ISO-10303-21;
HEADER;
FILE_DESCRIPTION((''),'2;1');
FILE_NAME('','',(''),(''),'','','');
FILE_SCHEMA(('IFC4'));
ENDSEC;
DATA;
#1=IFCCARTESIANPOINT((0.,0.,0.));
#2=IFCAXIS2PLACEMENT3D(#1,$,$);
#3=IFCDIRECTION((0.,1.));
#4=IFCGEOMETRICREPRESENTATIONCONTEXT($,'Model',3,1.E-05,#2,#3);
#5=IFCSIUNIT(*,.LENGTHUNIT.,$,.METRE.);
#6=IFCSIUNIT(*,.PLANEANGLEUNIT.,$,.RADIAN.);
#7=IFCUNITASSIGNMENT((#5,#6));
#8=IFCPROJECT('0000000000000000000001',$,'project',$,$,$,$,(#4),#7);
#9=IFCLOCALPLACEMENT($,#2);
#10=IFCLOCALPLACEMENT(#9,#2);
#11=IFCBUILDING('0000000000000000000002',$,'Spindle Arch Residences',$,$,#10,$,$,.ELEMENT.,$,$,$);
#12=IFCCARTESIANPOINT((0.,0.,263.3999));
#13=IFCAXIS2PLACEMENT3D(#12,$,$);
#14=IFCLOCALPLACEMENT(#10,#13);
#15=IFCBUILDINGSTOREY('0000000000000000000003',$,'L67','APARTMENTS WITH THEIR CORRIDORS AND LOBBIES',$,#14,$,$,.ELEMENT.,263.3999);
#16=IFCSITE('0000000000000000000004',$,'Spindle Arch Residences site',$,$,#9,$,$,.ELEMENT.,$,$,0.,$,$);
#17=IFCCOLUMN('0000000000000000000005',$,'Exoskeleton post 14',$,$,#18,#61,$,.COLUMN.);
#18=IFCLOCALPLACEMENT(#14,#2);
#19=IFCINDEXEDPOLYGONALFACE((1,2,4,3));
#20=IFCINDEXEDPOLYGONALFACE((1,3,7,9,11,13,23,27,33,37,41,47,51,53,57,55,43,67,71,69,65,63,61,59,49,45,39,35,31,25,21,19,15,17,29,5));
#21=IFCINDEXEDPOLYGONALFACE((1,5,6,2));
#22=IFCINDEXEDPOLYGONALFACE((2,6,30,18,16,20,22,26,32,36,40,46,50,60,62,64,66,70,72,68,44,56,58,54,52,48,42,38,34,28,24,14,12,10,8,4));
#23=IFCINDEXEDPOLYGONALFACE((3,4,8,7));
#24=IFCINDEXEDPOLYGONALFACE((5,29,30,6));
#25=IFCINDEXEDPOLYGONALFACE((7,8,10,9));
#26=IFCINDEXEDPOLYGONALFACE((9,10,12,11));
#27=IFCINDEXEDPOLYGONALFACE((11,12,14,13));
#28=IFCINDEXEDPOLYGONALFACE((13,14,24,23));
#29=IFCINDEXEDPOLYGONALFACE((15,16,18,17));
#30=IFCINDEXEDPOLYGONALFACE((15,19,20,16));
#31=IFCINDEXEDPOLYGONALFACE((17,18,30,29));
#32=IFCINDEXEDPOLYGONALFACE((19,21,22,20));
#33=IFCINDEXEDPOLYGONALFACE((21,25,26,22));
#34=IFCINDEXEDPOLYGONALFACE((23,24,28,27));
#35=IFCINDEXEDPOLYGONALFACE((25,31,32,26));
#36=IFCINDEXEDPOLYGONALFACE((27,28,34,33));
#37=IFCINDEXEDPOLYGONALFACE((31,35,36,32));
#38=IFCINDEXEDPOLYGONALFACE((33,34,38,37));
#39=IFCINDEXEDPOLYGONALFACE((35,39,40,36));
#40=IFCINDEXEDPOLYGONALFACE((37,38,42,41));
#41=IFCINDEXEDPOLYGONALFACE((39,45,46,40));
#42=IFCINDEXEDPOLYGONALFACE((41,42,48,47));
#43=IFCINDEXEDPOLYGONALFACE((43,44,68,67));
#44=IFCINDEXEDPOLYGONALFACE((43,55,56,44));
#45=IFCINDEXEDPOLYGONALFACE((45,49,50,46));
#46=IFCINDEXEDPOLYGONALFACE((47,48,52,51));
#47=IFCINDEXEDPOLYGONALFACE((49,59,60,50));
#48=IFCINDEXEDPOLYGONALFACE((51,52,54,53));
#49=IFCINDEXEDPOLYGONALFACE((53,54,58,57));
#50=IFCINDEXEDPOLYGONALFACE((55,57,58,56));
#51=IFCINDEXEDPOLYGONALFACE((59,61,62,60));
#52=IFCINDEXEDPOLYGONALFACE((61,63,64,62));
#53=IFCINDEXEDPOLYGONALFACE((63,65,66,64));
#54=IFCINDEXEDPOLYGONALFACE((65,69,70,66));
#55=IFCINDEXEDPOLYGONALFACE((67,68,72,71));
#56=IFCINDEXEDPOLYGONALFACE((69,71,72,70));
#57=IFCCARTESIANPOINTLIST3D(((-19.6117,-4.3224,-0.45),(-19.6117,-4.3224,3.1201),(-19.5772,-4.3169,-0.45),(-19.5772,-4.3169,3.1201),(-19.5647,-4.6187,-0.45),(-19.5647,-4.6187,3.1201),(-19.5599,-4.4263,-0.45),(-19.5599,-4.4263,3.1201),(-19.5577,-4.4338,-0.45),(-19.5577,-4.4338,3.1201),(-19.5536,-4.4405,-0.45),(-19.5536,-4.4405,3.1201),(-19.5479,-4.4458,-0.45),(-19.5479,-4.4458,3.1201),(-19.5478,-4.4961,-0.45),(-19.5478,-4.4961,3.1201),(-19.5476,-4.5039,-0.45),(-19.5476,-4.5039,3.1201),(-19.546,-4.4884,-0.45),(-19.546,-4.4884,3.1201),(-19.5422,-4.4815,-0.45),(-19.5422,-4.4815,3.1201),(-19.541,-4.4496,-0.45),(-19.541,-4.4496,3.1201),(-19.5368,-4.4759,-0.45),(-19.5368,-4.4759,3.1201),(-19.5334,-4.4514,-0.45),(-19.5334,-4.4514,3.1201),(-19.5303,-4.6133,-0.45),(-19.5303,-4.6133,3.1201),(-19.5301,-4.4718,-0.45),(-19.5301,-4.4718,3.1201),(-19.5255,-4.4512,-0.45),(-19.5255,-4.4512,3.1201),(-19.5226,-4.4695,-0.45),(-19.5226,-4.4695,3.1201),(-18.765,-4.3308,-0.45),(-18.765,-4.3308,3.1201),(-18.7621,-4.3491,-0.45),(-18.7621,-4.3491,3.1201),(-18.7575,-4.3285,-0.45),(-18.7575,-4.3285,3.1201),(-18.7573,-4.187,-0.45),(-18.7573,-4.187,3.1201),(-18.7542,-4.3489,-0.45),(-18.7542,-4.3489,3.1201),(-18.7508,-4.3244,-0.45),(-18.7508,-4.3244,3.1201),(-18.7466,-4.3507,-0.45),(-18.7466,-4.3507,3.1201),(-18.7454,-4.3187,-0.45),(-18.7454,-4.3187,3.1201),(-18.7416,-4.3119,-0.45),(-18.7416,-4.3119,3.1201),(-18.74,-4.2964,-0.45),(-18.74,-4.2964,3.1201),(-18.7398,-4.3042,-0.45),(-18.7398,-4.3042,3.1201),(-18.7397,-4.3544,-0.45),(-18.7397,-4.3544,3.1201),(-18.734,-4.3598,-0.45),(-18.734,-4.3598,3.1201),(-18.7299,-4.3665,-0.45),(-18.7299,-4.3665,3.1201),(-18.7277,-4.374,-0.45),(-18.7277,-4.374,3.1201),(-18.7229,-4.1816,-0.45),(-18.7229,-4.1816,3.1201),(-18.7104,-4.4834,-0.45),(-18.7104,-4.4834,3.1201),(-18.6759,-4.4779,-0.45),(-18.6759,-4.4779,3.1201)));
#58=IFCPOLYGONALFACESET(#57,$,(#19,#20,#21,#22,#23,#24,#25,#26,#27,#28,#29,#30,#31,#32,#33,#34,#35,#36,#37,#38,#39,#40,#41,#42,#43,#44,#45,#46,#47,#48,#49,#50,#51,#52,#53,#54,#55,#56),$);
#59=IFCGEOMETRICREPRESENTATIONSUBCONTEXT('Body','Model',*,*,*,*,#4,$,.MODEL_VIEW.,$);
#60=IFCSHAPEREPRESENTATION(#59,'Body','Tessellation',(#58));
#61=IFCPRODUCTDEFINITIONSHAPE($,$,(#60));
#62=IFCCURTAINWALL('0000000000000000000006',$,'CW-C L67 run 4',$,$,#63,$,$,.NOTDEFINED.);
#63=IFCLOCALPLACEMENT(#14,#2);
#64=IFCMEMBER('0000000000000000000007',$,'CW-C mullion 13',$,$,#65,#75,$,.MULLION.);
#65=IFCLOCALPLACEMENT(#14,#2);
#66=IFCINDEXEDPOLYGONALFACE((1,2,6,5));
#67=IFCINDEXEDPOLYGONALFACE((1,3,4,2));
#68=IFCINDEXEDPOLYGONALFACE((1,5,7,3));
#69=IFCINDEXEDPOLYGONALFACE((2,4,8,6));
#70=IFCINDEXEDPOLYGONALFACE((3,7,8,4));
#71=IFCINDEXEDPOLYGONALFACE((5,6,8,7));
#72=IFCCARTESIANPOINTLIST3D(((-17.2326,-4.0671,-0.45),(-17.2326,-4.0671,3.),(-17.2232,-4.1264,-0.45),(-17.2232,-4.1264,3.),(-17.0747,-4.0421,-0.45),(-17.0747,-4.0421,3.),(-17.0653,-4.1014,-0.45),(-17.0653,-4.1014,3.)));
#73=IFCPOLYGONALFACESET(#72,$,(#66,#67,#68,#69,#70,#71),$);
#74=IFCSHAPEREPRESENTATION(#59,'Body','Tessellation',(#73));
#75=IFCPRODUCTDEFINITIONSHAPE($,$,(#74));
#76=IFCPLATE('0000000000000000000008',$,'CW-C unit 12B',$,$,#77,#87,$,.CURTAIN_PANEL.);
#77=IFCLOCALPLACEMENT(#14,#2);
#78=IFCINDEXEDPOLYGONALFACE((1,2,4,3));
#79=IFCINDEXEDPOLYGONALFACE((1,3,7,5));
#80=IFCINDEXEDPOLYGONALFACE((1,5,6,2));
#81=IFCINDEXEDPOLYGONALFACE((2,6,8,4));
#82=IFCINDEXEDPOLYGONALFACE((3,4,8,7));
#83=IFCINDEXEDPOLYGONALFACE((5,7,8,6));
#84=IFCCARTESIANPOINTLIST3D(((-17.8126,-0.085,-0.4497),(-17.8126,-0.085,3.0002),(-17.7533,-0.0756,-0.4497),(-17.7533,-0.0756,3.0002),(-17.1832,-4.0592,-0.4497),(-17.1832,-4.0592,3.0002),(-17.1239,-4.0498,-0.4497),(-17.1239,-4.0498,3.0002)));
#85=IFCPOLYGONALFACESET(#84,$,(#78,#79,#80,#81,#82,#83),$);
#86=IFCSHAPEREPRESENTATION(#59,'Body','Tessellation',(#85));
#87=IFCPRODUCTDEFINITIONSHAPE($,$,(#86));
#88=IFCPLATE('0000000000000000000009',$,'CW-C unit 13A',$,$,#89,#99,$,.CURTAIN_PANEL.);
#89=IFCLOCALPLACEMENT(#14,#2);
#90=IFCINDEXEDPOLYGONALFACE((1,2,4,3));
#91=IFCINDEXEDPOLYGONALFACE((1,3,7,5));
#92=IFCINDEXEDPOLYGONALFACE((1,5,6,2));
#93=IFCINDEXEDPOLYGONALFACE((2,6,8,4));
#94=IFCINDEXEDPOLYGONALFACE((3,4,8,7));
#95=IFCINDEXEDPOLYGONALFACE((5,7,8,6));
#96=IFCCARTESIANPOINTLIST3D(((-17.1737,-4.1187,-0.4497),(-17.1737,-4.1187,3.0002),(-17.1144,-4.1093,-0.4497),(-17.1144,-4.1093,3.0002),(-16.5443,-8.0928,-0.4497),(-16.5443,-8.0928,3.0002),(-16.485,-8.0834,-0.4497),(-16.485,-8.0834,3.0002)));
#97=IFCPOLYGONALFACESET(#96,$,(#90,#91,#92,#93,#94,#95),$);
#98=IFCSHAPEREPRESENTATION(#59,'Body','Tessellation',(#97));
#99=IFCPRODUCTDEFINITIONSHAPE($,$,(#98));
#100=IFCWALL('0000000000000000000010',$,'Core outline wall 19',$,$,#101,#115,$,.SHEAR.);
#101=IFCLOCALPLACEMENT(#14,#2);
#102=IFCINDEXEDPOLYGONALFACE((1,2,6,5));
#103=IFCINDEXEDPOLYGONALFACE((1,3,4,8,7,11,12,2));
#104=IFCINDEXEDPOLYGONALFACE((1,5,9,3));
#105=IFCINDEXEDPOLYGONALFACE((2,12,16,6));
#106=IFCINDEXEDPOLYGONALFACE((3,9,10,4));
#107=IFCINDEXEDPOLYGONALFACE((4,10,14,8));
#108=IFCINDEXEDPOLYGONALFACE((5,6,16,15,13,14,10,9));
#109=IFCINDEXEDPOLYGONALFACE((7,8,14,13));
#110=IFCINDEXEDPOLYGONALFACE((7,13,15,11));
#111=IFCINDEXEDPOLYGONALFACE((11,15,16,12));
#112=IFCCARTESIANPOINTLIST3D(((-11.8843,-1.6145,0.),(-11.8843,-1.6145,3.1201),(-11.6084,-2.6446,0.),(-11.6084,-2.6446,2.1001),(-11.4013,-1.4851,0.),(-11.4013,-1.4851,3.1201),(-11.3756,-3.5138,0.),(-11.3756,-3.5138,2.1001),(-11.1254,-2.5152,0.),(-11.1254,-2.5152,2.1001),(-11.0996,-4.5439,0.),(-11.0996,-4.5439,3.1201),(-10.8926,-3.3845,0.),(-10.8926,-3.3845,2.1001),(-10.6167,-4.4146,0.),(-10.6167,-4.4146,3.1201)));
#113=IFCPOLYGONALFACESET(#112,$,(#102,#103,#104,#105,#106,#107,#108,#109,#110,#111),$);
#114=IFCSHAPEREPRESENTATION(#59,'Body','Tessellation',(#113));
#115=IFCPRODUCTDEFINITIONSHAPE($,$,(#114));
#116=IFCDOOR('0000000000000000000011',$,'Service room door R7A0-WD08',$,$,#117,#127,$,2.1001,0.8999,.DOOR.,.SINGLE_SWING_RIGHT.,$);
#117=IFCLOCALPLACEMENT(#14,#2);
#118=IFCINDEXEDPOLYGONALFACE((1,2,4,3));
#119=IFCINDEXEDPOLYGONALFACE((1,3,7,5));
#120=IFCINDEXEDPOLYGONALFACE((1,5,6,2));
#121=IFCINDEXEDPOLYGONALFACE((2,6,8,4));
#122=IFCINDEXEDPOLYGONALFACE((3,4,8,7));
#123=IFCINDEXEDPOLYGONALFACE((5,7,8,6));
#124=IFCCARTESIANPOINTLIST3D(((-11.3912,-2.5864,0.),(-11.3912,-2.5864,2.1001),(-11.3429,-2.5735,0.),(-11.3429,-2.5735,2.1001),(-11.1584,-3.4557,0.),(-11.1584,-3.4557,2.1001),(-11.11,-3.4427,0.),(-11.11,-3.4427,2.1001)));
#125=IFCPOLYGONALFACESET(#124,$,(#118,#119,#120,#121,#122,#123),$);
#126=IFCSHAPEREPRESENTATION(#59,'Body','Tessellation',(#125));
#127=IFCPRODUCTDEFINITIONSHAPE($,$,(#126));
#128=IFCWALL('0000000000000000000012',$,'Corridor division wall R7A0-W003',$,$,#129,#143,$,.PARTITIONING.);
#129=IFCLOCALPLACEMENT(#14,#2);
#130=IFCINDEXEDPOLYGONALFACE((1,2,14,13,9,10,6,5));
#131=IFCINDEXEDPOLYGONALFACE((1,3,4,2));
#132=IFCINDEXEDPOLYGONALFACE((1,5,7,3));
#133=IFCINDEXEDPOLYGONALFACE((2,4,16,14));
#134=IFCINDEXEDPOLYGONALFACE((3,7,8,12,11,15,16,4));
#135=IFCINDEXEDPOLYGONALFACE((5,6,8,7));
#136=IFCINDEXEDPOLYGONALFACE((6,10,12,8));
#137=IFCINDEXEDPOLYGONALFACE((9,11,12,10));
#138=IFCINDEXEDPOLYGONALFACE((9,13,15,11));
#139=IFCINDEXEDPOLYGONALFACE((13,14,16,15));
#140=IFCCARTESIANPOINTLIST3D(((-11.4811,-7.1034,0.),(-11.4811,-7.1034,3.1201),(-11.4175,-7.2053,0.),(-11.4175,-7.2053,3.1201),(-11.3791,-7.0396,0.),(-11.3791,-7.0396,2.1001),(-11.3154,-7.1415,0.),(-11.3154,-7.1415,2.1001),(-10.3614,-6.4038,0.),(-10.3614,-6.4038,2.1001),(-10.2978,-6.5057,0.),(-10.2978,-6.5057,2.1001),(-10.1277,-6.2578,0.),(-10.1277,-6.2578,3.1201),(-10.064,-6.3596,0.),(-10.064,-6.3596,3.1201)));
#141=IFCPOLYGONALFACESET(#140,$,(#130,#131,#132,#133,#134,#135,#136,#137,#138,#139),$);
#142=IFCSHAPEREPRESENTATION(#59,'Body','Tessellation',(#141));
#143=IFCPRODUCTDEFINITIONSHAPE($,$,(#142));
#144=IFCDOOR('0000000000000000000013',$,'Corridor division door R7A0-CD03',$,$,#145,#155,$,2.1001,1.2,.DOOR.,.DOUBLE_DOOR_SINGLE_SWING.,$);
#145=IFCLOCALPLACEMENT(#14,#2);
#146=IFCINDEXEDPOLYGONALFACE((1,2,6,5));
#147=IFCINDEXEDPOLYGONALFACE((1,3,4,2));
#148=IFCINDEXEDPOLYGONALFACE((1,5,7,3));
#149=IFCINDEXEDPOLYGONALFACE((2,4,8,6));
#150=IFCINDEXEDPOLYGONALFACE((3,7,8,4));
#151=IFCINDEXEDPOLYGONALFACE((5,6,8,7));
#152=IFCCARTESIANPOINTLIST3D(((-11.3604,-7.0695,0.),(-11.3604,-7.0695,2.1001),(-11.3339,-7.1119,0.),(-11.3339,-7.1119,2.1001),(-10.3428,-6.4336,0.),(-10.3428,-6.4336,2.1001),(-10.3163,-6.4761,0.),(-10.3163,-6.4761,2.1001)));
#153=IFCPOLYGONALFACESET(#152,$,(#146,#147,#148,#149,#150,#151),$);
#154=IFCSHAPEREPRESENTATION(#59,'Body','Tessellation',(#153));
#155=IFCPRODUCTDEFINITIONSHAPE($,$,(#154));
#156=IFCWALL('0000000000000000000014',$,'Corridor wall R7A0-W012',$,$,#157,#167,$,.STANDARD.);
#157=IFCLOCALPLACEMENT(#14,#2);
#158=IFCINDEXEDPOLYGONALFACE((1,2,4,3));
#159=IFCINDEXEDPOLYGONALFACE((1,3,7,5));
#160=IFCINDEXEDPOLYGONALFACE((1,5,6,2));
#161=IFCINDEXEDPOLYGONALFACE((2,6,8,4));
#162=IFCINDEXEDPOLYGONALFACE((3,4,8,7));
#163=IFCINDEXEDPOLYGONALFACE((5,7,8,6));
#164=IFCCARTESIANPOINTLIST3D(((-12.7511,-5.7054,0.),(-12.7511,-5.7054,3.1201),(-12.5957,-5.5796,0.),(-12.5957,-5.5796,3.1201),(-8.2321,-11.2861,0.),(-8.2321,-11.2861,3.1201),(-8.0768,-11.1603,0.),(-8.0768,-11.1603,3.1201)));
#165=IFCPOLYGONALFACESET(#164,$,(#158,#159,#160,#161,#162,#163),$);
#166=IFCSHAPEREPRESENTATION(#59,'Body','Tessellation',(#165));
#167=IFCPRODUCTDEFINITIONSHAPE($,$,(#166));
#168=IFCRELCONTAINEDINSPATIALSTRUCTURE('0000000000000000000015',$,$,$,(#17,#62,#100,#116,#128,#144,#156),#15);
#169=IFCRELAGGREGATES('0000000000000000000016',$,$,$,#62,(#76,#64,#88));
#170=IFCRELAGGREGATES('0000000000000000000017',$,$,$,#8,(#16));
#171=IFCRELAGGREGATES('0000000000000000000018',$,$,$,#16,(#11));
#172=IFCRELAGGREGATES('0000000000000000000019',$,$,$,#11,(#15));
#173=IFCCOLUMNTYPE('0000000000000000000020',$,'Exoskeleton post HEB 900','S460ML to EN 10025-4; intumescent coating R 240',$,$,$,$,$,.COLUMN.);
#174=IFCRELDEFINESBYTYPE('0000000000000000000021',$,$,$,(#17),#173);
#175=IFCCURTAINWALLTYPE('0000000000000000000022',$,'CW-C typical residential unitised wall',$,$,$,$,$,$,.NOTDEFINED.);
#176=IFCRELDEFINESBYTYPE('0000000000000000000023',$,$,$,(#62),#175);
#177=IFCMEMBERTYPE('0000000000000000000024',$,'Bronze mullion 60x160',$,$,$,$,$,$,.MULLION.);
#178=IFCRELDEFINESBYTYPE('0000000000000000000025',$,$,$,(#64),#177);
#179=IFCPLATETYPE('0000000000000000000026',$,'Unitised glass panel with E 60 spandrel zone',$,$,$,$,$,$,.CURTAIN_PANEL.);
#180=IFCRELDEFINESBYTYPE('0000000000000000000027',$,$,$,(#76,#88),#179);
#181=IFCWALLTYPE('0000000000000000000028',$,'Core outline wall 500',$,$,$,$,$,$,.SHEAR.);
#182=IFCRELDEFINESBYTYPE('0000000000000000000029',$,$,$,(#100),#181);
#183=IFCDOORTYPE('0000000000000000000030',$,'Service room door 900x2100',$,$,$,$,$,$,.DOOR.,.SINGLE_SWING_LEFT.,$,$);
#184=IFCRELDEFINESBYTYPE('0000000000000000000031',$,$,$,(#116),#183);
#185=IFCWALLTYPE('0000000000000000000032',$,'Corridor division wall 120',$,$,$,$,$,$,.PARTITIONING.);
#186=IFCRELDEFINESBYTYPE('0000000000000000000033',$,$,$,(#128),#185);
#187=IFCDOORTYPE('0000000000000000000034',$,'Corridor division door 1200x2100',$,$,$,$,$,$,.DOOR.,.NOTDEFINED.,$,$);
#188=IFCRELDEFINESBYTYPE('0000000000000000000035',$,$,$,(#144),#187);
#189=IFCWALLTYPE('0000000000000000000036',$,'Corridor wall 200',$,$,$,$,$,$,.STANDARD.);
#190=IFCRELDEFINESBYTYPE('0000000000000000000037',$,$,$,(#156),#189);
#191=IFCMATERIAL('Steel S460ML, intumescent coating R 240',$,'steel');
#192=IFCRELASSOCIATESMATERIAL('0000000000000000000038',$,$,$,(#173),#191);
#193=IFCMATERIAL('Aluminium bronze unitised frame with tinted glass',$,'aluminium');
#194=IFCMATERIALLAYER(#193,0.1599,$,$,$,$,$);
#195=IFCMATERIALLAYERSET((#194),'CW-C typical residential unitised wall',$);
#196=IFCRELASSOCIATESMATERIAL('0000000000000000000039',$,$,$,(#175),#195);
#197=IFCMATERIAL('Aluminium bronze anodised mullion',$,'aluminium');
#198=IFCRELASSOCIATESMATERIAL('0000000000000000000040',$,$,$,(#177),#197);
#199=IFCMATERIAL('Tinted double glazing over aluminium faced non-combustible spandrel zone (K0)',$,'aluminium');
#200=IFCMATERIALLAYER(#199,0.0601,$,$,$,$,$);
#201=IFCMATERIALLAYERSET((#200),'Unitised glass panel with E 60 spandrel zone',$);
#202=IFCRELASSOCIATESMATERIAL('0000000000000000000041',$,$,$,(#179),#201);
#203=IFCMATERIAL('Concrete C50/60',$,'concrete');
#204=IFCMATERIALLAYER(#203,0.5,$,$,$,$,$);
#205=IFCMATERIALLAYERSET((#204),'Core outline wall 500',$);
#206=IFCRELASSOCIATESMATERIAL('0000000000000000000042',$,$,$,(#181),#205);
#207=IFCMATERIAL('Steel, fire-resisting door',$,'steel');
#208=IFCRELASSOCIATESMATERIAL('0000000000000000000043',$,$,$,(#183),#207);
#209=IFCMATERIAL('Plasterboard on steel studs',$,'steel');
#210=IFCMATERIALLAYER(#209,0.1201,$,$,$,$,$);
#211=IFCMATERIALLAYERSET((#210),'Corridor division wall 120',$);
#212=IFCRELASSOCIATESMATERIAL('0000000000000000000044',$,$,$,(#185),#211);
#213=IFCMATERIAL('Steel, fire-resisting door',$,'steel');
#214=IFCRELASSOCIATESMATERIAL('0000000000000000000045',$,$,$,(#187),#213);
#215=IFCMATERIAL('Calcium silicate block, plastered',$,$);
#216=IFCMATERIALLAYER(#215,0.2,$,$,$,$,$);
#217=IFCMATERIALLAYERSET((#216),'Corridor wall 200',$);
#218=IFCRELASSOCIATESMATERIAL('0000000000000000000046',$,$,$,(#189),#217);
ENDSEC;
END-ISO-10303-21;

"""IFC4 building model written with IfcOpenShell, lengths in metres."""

from ifc_helpers import new_model, si_unit, direction, frame, frame_2d, origin, origin_2d, place, context, subcontext, project, spatial, rectangle, i_section, extrude, material, layer, layer_set, material_profile, profile_set, type_object, element, fill, aggregate, save


model = new_model("IFC4")

# Units and contexts
model_context = context("Model", 3, precision=1e-05, world=origin(), true_north=direction((0.0, 1.0)))
body_context = subcontext(model_context, "Body", "Model", "MODEL_VIEW")
ifc_project = project(units=[si_unit("LENGTHUNIT", "METRE"), si_unit("PLANEANGLEUNIT", "RADIAN")], contexts=[model_context])

# Site, building, storey
site_placement = place(None, origin())
site = spatial("IfcSite", under=ifc_project, at=site_placement, Name="Spindle Arch Residences site", CompositionType="ELEMENT", RefElevation=0.0)
building_placement = place(site_placement, origin())
building = spatial("IfcBuilding", under=site, at=building_placement, Name="Spindle Arch Residences", CompositionType="ELEMENT")
storey_placement = place(building_placement, frame((0.0, 0.0, 263.3999)))
storey = spatial("IfcBuildingStorey", under=building, at=storey_placement, Name="L67", Description="APARTMENTS WITH THEIR CORRIDORS AND LOBBIES", CompositionType="ELEMENT", Elevation=263.3999)

# Column
ifc_material_1 = material(Name="Steel S460ML, intumescent coating R 240", Category="steel")
ifc_material_profile_1 = material_profile(ifc_material_1, i_section(OverallWidth=0.3, OverallDepth=0.8999, WebThickness=0.0186, FlangeThickness=0.0349, FilletRadius=0.03, at=origin_2d()), Name="HEB 900")
ifc_profile_set_1 = profile_set([ifc_material_profile_1], Name="Steel S460ML, intumescent coating R 240")
column_type = type_object("IfcColumnType", Name="Exoskeleton post HEB 900", Description="S460ML to EN 10025-4; intumescent coating R 240", PredefinedType="COLUMN", material=ifc_profile_set_1)
column_placement = place(storey_placement, frame((-19.1438, -4.4001, -0.45), z_axis=(0.0, 0.0, 1.0), x_axis=(-0.156434, 0.987688, 0.0)))
element("IfcColumn", 1, at=column_placement, inside=storey, type_object=column_type, Name="Exoskeleton post 14", PredefinedType="COLUMN", context=body_context, shape_type="SweptSolid", body=[
    extrude(i_section(OverallWidth=0.3, OverallDepth=0.8999, WebThickness=0.0186, FlangeThickness=0.0349, FilletRadius=0.03, at=origin_2d()), origin(), (0.0, 0.0, 1.0), 3.5701),
])

# Curtain wall, member, plates
ifc_material_2 = material(Name="Aluminium bronze unitised frame with tinted glass", Category="aluminium")
ifc_layer_1 = layer(ifc_material_2, 0.1599)
ifc_layer_set_1 = layer_set([ifc_layer_1], Name="CW-C typical residential unitised wall")
curtain_wall_type = type_object("IfcCurtainWallType", Name="CW-C typical residential unitised wall", PredefinedType="NOTDEFINED", material=ifc_layer_set_1)
curtain_wall_placement = place(storey_placement, origin())
curtain_wall = element("IfcCurtainWall", 2, at=curtain_wall_placement, inside=storey, type_object=curtain_wall_type, Name="CW-C L67 run 4", PredefinedType="NOTDEFINED")
ifc_material_3 = material(Name="Aluminium bronze anodised mullion", Category="aluminium")
ifc_material_profile_2 = material_profile(ifc_material_3, rectangle(XDim=0.1599, YDim=0.0601, at=origin_2d()), Name="MU 60x160")
ifc_profile_set_2 = profile_set([ifc_material_profile_2], Name="Aluminium bronze anodised mullion")
member_type = type_object("IfcMemberType", Name="Bronze mullion 60x160", PredefinedType="MULLION", material=ifc_profile_set_2)
member_placement = place(storey_placement, frame((-17.1489, -4.0842, -0.45), z_axis=(0.0, 0.0, 1.0), x_axis=(0.987688, 0.156434, 0.0)))
member = element("IfcMember", 3, at=member_placement, type_object=member_type, Name="CW-C mullion 13", PredefinedType="MULLION", context=body_context, shape_type="SweptSolid", body=[
    extrude(rectangle(XDim=0.1599, YDim=0.0601, at=origin_2d()), origin(), (0.0, 0.0, 1.0), 3.45),
])
ifc_material_4 = material(Name="Tinted double glazing over aluminium faced non-combustible spandrel zone (K0)", Category="aluminium")
ifc_layer_2 = layer(ifc_material_4, 0.0601)
ifc_layer_set_2 = layer_set([ifc_layer_2], Name="Unitised glass panel with E 60 spandrel zone")
plate_type = type_object("IfcPlateType", Name="Unitised glass panel with E 60 spandrel zone", PredefinedType="CURTAIN_PANEL", material=ifc_layer_set_2)
plate_1_placement = place(storey_placement, frame((-17.4683, -2.0674, -0.4497), z_axis=(0.0, 0.0, 1.0), x_axis=(0.156434, -0.987688, 0.0)))
plate_1 = element("IfcPlate", 4, at=plate_1_placement, type_object=plate_type, Name="CW-C unit 12B", PredefinedType="CURTAIN_PANEL", context=body_context, shape_type="SweptSolid", body=[
    extrude(rectangle(XDim=4.0237, YDim=0.0601, at=origin_2d()), origin(), (0.0, 0.0, 1.0), 3.45),
])
plate_2_placement = place(storey_placement, frame((-16.8293, -6.1011, -0.4497), z_axis=(0.0, 0.0, 1.0), x_axis=(0.156434, -0.987688, 0.0)))
plate_2 = element("IfcPlate", 5, at=plate_2_placement, type_object=plate_type, Name="CW-C unit 13A", PredefinedType="CURTAIN_PANEL", context=body_context, shape_type="SweptSolid", body=[
    extrude(rectangle(XDim=4.0237, YDim=0.0601, at=origin_2d()), origin(), (0.0, 0.0, 1.0), 3.45),
])
aggregate(curtain_wall, [plate_1, member, plate_2])

# Walls, openings, doors
ifc_material_5 = material(Name="Concrete C50/60", Category="concrete")
ifc_layer_3 = layer(ifc_material_5, 0.5)
ifc_layer_set_3 = layer_set([ifc_layer_3], Name="Core outline wall 500")
wall_type_1 = type_object("IfcWallType", Name="Core outline wall 500", PredefinedType="SHEAR", material=ifc_layer_set_3)
wall_1_placement = place(storey_placement, frame((-11.6428, -1.5498, 0.0), z_axis=(0.0, 0.0, 1.0), x_axis=(0.258735, -0.965948, 0.0)))
wall_1 = element("IfcWall", 6, at=wall_1_placement, inside=storey, type_object=wall_type_1, Name="Core outline wall 19", PredefinedType="SHEAR", context=body_context, shape_type="SweptSolid", body=[
    extrude(rectangle(XDim=3.0327, YDim=0.5, at=frame_2d((1.5164, 0.0))), origin(), (0.0, 0.0, 1.0), 3.1201),
])
opening_1_placement = place(wall_1_placement, frame((1.0664, 0.0, 0.0)))
opening_1 = element("IfcOpeningElement", 7, at=opening_1_placement, cuts=wall_1, PredefinedType="OPENING", context=body_context, shape_type="SweptSolid", body=[
    extrude(rectangle(XDim=0.8999, YDim=2.1001, at=frame_2d((0.45, 1.05))), frame((0.0, 0.26, 0.0), z_axis=(0.0, -1.0, 0.0), x_axis=(1.0, 0.0, 0.0)), (0.0, 0.0, 1.0), 0.52),
])
ifc_material_6 = material(Name="Steel, fire-resisting door", Category="steel")
door_type_1 = type_object("IfcDoorType", Name="Service room door 900x2100", OperationType="SINGLE_SWING_LEFT", PredefinedType="DOOR", material=ifc_material_6)
door_1_placement = place(opening_1_placement, origin())
door_1 = element("IfcDoor", 8, at=door_1_placement, inside=storey, type_object=door_type_1, Name="Service room door R7A0-WD08", OperationType="SINGLE_SWING_RIGHT", OverallHeight=2.1001, OverallWidth=0.8999, PredefinedType="DOOR", context=body_context, shape_type="SweptSolid", body=[
    extrude(rectangle(XDim=0.8999, YDim=2.1001, at=frame_2d((0.45, 1.05))), frame((0.0, 0.0249, 0.0), z_axis=(0.0, -1.0, 0.0), x_axis=(1.0, 0.0, 0.0)), (0.0, 0.0, 1.0), 0.05),
])
fill(opening_1, door_1)
ifc_material_7 = material(Name="Plasterboard on steel studs", Category="steel")
ifc_layer_4 = layer(ifc_material_7, 0.1201)
ifc_layer_set_4 = layer_set([ifc_layer_4], Name="Corridor division wall 120")
wall_type_2 = type_object("IfcWallType", Name="Corridor division wall 120", PredefinedType="PARTITIONING", material=ifc_layer_set_4)
wall_2_placement = place(storey_placement, frame((-11.4492, -7.1543, 0.0), z_axis=(0.0, 0.0, 1.0), x_axis=(0.848067, 0.529889, 0.0)))
wall_2 = element("IfcWall", 9, at=wall_2_placement, inside=storey, type_object=wall_type_2, Name="Corridor division wall R7A0-W003", PredefinedType="PARTITIONING", context=body_context, shape_type="SweptSolid", body=[
    extrude(rectangle(XDim=1.5959, YDim=0.1201, at=frame_2d((0.7979, 0.0))), origin(), (0.0, 0.0, 1.0), 3.1201),
])
opening_2_placement = place(wall_2_placement, frame((0.1201, 0.0, 0.0)))
opening_2 = element("IfcOpeningElement", 10, at=opening_2_placement, cuts=wall_2, PredefinedType="OPENING", context=body_context, shape_type="SweptSolid", body=[
    extrude(rectangle(XDim=1.2, YDim=2.1001, at=frame_2d((0.6001, 1.05))), frame((0.0, 0.0701, 0.0), z_axis=(0.0, -1.0, 0.0), x_axis=(1.0, 0.0, 0.0)), (0.0, 0.0, 1.0), 0.1401),
])
ifc_material_8 = material(Name="Steel, fire-resisting door", Category="steel")
door_type_2 = type_object("IfcDoorType", Name="Corridor division door 1200x2100", OperationType="NOTDEFINED", PredefinedType="DOOR", material=ifc_material_8)
door_2_placement = place(opening_2_placement, origin())
door_2 = element("IfcDoor", 11, at=door_2_placement, inside=storey, type_object=door_type_2, Name="Corridor division door R7A0-CD03", OperationType="DOUBLE_DOOR_SINGLE_SWING", OverallHeight=2.1001, OverallWidth=1.2, PredefinedType="DOOR", context=body_context, shape_type="SweptSolid", body=[
    extrude(rectangle(XDim=1.2, YDim=2.1001, at=frame_2d((0.6001, 1.05))), frame((0.0, 0.0249, 0.0), z_axis=(0.0, -1.0, 0.0), x_axis=(1.0, 0.0, 0.0)), (0.0, 0.0, 1.0), 0.05),
])
fill(opening_2, door_2)

# Wall
ifc_material_9 = material(Name="Calcium silicate block, plastered")
ifc_layer_5 = layer(ifc_material_9, 0.2)
ifc_layer_set_5 = layer_set([ifc_layer_5], Name="Corridor wall 200")
wall_type_3 = type_object("IfcWallType", Name="Corridor wall 200", PredefinedType="STANDARD", material=ifc_layer_set_5)
wall_3_placement = place(storey_placement, frame((-12.6733, -5.6426, 0.0), z_axis=(0.0, 0.0, 1.0), x_axis=(0.629303, -0.77716, 0.0)))
element("IfcWall", 12, at=wall_3_placement, inside=storey, type_object=wall_type_3, Name="Corridor wall R7A0-W012", PredefinedType="STANDARD", context=body_context, shape_type="SweptSolid", body=[
    extrude(rectangle(XDim=7.1809, YDim=0.2, at=frame_2d((3.5903, 0.0))), origin(), (0.0, 0.0, 1.0), 3.1201),
])

save(model, "model.ifc")
